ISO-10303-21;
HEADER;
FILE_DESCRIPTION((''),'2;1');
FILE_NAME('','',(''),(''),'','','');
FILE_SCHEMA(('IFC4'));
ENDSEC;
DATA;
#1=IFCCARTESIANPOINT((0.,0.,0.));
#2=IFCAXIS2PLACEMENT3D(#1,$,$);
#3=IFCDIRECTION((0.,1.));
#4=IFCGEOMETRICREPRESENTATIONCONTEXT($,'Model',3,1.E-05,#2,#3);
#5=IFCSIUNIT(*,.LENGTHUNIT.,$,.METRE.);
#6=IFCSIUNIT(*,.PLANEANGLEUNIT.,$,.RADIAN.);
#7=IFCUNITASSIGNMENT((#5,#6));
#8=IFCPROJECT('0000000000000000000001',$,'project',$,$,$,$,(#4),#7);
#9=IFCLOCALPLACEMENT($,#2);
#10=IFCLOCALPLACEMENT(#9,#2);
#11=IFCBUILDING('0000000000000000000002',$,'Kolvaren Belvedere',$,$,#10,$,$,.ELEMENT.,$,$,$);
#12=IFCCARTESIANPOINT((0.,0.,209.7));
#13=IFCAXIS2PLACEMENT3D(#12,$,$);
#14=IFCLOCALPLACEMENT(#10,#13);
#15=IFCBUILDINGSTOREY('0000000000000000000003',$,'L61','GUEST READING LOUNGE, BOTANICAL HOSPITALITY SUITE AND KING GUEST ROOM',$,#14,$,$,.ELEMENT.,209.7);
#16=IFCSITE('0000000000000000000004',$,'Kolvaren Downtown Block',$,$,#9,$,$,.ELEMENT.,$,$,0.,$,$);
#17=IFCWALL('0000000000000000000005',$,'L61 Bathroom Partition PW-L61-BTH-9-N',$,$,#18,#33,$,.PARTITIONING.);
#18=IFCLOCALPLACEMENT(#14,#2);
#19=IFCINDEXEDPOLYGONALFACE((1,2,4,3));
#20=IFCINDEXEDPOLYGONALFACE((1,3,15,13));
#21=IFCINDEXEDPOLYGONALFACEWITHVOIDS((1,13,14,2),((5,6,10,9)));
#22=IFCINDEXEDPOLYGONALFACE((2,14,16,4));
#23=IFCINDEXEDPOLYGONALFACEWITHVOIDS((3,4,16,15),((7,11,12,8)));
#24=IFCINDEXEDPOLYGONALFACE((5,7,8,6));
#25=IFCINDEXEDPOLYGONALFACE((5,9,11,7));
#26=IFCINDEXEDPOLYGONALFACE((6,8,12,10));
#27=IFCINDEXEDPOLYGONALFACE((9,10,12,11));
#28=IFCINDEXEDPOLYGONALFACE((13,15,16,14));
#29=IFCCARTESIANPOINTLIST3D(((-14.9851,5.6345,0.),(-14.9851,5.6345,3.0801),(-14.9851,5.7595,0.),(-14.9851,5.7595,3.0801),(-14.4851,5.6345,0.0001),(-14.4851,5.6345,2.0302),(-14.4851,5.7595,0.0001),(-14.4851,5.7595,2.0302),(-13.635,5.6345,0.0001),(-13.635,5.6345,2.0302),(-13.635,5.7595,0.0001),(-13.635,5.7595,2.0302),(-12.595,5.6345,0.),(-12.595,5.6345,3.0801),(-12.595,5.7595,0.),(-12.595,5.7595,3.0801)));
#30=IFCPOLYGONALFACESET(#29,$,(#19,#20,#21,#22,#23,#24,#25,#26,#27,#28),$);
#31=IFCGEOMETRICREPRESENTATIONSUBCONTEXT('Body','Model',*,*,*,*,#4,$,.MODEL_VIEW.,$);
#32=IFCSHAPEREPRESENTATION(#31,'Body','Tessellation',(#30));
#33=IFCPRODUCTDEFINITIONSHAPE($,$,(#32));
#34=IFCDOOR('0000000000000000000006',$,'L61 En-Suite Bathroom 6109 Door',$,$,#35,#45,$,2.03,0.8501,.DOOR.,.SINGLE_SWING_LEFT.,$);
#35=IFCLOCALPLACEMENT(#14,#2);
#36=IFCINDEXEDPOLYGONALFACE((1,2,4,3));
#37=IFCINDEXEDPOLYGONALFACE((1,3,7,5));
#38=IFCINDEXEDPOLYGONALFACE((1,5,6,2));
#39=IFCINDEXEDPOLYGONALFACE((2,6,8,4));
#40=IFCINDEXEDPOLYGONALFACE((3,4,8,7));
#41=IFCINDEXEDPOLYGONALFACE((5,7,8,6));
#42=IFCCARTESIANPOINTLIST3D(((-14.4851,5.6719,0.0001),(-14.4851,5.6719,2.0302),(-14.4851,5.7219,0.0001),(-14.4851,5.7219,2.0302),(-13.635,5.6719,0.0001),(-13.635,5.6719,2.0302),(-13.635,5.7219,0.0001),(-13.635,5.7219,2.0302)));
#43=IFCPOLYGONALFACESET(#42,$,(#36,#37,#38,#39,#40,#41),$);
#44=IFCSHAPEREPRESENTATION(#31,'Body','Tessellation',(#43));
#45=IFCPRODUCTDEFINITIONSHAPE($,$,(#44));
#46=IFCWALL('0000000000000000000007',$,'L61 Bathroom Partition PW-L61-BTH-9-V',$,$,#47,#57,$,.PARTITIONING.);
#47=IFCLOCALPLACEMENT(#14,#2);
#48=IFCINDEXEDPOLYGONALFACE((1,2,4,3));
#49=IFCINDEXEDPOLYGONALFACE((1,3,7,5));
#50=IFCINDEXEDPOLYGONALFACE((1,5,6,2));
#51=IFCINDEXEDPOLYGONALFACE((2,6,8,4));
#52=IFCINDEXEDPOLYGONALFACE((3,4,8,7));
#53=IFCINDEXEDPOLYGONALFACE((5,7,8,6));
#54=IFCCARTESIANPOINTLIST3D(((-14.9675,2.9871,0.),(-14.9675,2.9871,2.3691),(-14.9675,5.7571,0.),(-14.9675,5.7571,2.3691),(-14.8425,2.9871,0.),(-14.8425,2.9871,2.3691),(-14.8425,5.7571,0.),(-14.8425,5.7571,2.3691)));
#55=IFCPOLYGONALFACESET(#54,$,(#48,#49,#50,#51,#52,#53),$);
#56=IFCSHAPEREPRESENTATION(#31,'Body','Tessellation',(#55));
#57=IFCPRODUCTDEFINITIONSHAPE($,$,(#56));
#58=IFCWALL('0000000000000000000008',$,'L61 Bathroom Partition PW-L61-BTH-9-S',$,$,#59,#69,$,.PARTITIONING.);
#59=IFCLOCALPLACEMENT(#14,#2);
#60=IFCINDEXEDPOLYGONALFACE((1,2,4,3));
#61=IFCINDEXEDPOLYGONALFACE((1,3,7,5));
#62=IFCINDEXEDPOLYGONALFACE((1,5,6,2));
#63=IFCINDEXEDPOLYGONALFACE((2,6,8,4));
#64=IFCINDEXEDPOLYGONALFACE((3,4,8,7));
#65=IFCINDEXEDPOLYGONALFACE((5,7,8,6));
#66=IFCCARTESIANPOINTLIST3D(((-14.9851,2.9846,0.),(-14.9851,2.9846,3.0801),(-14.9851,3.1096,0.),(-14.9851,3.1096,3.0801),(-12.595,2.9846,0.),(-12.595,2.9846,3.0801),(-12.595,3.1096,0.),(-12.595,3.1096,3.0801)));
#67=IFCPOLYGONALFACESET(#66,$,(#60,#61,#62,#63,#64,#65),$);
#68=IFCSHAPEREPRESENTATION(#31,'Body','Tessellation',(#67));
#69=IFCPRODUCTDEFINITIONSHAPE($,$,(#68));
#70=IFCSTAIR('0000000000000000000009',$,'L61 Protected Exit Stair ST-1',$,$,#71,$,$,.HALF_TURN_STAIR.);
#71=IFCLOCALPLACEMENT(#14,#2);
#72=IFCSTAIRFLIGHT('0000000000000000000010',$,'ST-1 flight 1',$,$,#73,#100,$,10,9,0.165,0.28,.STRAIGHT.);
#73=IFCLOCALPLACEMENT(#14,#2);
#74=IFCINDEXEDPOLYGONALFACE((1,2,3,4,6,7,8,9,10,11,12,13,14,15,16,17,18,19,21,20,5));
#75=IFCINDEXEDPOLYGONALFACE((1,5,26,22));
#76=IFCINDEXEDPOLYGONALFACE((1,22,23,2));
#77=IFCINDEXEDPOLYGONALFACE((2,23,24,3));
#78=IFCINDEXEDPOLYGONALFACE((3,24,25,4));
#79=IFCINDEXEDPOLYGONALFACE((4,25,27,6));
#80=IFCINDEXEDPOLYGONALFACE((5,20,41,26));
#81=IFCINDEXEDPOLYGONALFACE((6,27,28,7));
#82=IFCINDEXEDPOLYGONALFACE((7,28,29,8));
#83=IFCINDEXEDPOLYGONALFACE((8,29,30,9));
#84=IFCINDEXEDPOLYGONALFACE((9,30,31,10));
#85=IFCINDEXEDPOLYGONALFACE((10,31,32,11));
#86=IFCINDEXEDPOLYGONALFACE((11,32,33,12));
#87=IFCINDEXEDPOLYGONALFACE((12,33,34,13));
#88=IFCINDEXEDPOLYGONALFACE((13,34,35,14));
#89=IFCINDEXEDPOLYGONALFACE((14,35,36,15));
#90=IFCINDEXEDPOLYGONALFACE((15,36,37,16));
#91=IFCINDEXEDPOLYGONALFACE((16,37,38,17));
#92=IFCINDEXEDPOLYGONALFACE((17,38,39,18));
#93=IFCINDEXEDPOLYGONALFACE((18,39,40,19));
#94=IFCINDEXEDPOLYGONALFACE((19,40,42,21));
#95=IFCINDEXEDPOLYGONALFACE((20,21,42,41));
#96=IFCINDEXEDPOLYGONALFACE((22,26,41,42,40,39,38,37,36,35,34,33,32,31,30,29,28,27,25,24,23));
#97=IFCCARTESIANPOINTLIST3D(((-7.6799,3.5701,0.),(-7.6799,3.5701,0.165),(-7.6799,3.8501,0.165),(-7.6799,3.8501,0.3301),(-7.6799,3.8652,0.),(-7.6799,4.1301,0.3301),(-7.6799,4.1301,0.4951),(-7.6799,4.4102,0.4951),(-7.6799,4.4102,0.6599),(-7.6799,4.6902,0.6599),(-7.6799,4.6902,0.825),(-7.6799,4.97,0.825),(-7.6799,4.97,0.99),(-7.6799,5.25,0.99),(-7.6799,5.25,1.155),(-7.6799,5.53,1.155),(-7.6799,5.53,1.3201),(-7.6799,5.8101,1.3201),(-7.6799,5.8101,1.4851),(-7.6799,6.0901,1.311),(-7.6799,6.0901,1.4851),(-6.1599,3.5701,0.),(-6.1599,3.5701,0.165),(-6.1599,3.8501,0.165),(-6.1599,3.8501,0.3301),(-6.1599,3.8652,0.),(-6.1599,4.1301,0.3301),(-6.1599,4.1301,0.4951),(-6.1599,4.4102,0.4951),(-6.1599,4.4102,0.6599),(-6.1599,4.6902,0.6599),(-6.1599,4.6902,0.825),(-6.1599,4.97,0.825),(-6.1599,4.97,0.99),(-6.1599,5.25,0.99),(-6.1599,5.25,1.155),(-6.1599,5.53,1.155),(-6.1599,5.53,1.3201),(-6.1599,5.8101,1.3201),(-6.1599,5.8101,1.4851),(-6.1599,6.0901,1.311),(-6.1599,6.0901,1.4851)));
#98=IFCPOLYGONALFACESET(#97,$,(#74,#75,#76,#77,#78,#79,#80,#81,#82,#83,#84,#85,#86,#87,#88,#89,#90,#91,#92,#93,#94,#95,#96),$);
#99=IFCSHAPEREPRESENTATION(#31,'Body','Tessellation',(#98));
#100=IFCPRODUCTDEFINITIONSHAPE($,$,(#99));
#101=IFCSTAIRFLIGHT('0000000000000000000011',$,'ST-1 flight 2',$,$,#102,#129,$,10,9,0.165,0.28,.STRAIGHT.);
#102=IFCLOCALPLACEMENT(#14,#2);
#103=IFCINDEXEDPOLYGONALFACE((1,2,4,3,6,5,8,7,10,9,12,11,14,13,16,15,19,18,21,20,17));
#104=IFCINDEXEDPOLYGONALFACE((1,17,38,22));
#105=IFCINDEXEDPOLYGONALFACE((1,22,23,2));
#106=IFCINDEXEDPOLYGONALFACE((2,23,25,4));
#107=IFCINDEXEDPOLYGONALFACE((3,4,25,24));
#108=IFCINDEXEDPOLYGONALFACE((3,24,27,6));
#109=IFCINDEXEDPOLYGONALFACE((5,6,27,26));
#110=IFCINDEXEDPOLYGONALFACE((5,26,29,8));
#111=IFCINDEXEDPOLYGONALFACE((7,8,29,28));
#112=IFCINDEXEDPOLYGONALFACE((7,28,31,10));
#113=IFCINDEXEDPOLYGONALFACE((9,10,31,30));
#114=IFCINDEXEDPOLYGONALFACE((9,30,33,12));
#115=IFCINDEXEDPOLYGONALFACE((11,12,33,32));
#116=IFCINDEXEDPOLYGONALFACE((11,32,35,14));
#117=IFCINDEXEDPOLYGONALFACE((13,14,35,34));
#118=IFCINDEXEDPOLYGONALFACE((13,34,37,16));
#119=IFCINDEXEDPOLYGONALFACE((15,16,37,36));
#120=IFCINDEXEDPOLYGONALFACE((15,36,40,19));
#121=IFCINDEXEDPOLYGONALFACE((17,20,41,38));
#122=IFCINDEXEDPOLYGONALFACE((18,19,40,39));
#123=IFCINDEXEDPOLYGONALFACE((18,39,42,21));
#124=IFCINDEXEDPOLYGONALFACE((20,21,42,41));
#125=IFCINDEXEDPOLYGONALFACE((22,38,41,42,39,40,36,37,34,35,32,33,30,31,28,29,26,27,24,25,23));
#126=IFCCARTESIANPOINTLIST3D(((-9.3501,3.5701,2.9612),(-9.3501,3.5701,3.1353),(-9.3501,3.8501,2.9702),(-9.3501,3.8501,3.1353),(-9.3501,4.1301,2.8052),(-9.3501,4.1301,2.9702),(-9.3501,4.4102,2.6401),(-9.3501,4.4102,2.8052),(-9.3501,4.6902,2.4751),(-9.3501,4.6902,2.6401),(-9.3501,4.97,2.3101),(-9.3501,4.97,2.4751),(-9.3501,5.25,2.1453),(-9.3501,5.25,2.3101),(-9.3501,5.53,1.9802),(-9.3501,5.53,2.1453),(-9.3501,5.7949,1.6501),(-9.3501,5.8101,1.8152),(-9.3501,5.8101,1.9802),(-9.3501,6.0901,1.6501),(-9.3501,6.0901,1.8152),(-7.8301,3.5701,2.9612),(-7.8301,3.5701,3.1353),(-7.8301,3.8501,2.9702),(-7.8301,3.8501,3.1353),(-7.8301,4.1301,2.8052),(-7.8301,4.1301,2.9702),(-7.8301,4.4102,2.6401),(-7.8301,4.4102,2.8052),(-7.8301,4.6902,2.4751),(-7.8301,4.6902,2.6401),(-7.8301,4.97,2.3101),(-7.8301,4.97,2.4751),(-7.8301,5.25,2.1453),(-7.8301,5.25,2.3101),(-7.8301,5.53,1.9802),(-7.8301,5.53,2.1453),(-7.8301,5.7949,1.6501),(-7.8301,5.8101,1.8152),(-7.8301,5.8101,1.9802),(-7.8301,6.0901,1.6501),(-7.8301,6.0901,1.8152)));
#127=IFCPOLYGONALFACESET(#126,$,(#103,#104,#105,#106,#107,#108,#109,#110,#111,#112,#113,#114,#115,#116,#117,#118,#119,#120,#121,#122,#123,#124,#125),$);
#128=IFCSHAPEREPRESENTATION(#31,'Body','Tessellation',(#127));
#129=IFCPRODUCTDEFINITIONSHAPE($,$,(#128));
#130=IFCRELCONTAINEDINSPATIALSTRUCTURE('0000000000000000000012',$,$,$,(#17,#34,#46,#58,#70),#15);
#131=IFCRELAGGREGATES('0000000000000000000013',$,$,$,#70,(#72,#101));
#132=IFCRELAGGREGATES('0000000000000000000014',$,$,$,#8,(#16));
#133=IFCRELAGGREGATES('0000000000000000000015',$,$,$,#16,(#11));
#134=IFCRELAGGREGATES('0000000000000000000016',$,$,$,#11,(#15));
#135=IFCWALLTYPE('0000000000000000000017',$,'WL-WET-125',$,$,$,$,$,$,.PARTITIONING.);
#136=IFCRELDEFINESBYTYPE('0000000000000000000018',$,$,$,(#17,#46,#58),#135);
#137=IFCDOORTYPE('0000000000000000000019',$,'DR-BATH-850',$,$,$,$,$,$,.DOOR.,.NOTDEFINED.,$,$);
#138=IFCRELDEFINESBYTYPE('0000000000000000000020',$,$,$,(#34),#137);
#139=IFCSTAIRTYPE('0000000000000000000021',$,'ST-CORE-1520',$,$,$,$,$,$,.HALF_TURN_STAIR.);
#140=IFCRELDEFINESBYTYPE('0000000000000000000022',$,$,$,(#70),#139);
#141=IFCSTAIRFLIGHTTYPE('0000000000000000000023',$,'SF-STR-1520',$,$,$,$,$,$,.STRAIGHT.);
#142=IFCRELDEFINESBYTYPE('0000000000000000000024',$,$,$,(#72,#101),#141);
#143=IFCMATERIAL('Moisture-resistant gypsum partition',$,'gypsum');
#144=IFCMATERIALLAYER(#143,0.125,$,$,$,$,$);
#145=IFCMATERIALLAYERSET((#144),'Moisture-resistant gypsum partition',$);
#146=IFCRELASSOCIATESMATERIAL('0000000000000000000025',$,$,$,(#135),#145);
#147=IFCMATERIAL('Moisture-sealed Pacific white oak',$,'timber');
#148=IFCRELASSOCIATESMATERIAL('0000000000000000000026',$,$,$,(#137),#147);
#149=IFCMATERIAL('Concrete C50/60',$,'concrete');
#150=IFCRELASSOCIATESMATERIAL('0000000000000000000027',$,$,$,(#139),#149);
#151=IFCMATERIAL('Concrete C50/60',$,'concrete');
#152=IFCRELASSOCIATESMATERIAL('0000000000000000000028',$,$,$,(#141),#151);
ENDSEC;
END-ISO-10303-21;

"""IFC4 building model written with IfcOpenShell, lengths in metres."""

from ifc_helpers import new_model, si_unit, direction, frame, frame_2d, origin, place, context, subcontext, project, spatial, polyline, rectangle, outline, extrude, material, layer, layer_set, type_object, element, fill, aggregate, save


model = new_model("IFC4")

# Units and contexts
model_context = context("Model", 3, precision=1e-05, world=origin(), true_north=direction((0.0, 1.0)))
body_context = subcontext(model_context, "Body", "Model", "MODEL_VIEW")
ifc_project = project(units=[si_unit("LENGTHUNIT", "METRE"), si_unit("PLANEANGLEUNIT", "RADIAN")], contexts=[model_context])

# Site, building, storey
site_placement = place(None, origin())
site = spatial("IfcSite", under=ifc_project, at=site_placement, Name="Kolvaren Downtown Block", CompositionType="ELEMENT", RefElevation=0.0)
building_placement = place(site_placement, origin())
building = spatial("IfcBuilding", under=site, at=building_placement, Name="Kolvaren Belvedere", CompositionType="ELEMENT")
storey_placement = place(building_placement, frame((0.0, 0.0, 209.7)))
storey = spatial("IfcBuildingStorey", under=building, at=storey_placement, Name="L61", Description="GUEST READING LOUNGE, BOTANICAL HOSPITALITY SUITE AND KING GUEST ROOM", CompositionType="ELEMENT", Elevation=209.7)

# Wall, opening, door
ifc_material_1 = material(Name="Moisture-resistant gypsum partition", Category="gypsum")
ifc_layer_1 = layer(ifc_material_1, 0.125)
ifc_layer_set_1 = layer_set([ifc_layer_1], Name="Moisture-resistant gypsum partition")
wall_type_1 = type_object("IfcWallType", Name="WL-WET-125", PredefinedType="PARTITIONING", material=ifc_layer_set_1)
wall_1_placement = place(storey_placement, frame((-14.9851, 5.697, 0.0), z_axis=(0.0, 0.0, 1.0), x_axis=(1.0, 0.0, 0.0)))
wall_1 = element("IfcWall", 1, at=wall_1_placement, inside=storey, type_object=wall_type_1, Name="L61 Bathroom Partition PW-L61-BTH-9-N", PredefinedType="PARTITIONING", context=body_context, shape_type="SweptSolid", body=[
    extrude(rectangle(XDim=2.3901, YDim=0.125, at=frame_2d((1.1951, 0.0))), origin(), (0.0, 0.0, 1.0), 3.0801),
])
opening_1_placement = place(wall_1_placement, frame((0.5, 0.0, 0.0)))
opening_1 = element("IfcOpeningElement", 2, at=opening_1_placement, cuts=wall_1, PredefinedType="OPENING", context=body_context, shape_type="SweptSolid", body=[
    extrude(rectangle(XDim=0.8501, YDim=2.03, at=frame_2d((0.425, 1.0151))), frame((0.0, 0.0725, 0.0), z_axis=(0.0, -1.0, 0.0), x_axis=(1.0, 0.0, 0.0)), (0.0, 0.0, 1.0), 0.145),
])
ifc_material_2 = material(Name="Moisture-sealed Pacific white oak", Category="timber")
door_type_1 = type_object("IfcDoorType", Name="DR-BATH-850", OperationType="NOTDEFINED", PredefinedType="DOOR", material=ifc_material_2)
door_1_placement = place(opening_1_placement, origin())
door_1 = element("IfcDoor", 3, at=door_1_placement, inside=storey, type_object=door_type_1, Name="L61 En-Suite Bathroom 6109 Door", OperationType="SINGLE_SWING_LEFT", OverallHeight=2.03, OverallWidth=0.8501, PredefinedType="DOOR", context=body_context, shape_type="SweptSolid", body=[
    extrude(rectangle(XDim=0.8501, YDim=2.03, at=frame_2d((0.425, 1.0151))), frame((0.0, 0.0249, 0.0), z_axis=(0.0, -1.0, 0.0), x_axis=(1.0, 0.0, 0.0)), (0.0, 0.0, 1.0), 0.05),
])
fill(opening_1, door_1)

# Walls
wall_2_placement = place(storey_placement, frame((-14.905, 2.9871, 0.0), z_axis=(0.0, 0.0, 1.0), x_axis=(0.0, 1.0, 0.0)))
element("IfcWall", 4, at=wall_2_placement, inside=storey, type_object=wall_type_1, Name="L61 Bathroom Partition PW-L61-BTH-9-V", PredefinedType="PARTITIONING", context=body_context, shape_type="SweptSolid", body=[
    extrude(rectangle(XDim=2.77, YDim=0.125, at=frame_2d((1.385, 0.0))), origin(), (0.0, 0.0, 1.0), 2.3691),
])
wall_3_placement = place(storey_placement, frame((-14.9851, 3.0471, 0.0), z_axis=(0.0, 0.0, 1.0), x_axis=(1.0, 0.0, 0.0)))
element("IfcWall", 5, at=wall_3_placement, inside=storey, type_object=wall_type_1, Name="L61 Bathroom Partition PW-L61-BTH-9-S", PredefinedType="PARTITIONING", context=body_context, shape_type="SweptSolid", body=[
    extrude(rectangle(XDim=2.3901, YDim=0.125, at=frame_2d((1.1951, 0.0))), origin(), (0.0, 0.0, 1.0), 3.0801),
])

# Stair, stair flights
ifc_material_3 = material(Name="Concrete C50/60", Category="concrete")
stair_type = type_object("IfcStairType", Name="ST-CORE-1520", PredefinedType="HALF_TURN_STAIR", material=ifc_material_3)
stair_placement = place(storey_placement, origin())
stair = element("IfcStair", 6, at=stair_placement, inside=storey, type_object=stair_type, Name="L61 Protected Exit Stair ST-1", PredefinedType="HALF_TURN_STAIR")
ifc_material_4 = material(Name="Concrete C50/60", Category="concrete")
stair_flight_type = type_object("IfcStairFlightType", Name="SF-STR-1520", PredefinedType="STRAIGHT", material=ifc_material_4)
stair_flight_1_placement = place(storey_placement, frame((-6.9199, 3.5701, 0.0), z_axis=(0.0, 0.0, 1.0), x_axis=(0.0, 1.0, 0.0)))
stair_flight_1 = element("IfcStairFlight", 7, at=stair_flight_1_placement, type_object=stair_flight_type, Name="ST-1 flight 1", NumberOfRisers=10, NumberOfTreads=9, PredefinedType="STRAIGHT", RiserHeight=0.165, TreadLength=0.28, context=body_context, shape_type="SweptSolid", body=[
    extrude(outline(polyline([(0.0, 0.0), (0.0, 0.165), (0.28, 0.165), (0.28, 0.3301), (0.5601, 0.3301), (0.5601, 0.4951), (0.8401, 0.4951), (0.8401, 0.6599), (1.1201, 0.6599), (1.1201, 0.825), (1.3999, 0.825), (1.3999, 0.99), (1.6799, 0.99), (1.6799, 1.155), (1.96, 1.155), (1.96, 1.3201), (2.24, 1.3201), (2.24, 1.4851), (2.52, 1.4851), (2.52, 1.6499), (2.52, 1.311), (0.2952, 0.0), (0.0, 0.0)])), frame((0.0, 0.76, 0.0), z_axis=(0.0, -1.0, 0.0), x_axis=(1.0, 0.0, 0.0)), (0.0, 0.0, 1.0), 1.52),
])
stair_flight_2_placement = place(storey_placement, frame((-8.5901, 6.0901, 1.6501), z_axis=(0.0, 0.0, 1.0), x_axis=(0.0, -1.0, 0.0)))
stair_flight_2 = element("IfcStairFlight", 8, at=stair_flight_2_placement, type_object=stair_flight_type, Name="ST-1 flight 2", NumberOfRisers=10, NumberOfTreads=9, PredefinedType="STRAIGHT", RiserHeight=0.165, TreadLength=0.28, context=body_context, shape_type="SweptSolid", body=[
    extrude(outline(polyline([(0.0, 0.0), (0.0, 0.165), (0.28, 0.165), (0.28, 0.3301), (0.5601, 0.3301), (0.5601, 0.4951), (0.8401, 0.4951), (0.8401, 0.6599), (1.1201, 0.6599), (1.1201, 0.825), (1.3999, 0.825), (1.3999, 0.99), (1.6799, 0.99), (1.6799, 1.155), (1.96, 1.155), (1.96, 1.3201), (2.24, 1.3201), (2.24, 1.4851), (2.52, 1.4851), (2.52, 1.6499), (2.52, 1.311), (0.2952, 0.0), (0.0, 0.0)])), frame((0.0, 0.76, 0.0), z_axis=(0.0, -1.0, 0.0), x_axis=(1.0, 0.0, 0.0)), (0.0, 0.0, 1.0), 1.52),
])
aggregate(stair, [stair_flight_1, stair_flight_2])

save(model, "model.ifc")
